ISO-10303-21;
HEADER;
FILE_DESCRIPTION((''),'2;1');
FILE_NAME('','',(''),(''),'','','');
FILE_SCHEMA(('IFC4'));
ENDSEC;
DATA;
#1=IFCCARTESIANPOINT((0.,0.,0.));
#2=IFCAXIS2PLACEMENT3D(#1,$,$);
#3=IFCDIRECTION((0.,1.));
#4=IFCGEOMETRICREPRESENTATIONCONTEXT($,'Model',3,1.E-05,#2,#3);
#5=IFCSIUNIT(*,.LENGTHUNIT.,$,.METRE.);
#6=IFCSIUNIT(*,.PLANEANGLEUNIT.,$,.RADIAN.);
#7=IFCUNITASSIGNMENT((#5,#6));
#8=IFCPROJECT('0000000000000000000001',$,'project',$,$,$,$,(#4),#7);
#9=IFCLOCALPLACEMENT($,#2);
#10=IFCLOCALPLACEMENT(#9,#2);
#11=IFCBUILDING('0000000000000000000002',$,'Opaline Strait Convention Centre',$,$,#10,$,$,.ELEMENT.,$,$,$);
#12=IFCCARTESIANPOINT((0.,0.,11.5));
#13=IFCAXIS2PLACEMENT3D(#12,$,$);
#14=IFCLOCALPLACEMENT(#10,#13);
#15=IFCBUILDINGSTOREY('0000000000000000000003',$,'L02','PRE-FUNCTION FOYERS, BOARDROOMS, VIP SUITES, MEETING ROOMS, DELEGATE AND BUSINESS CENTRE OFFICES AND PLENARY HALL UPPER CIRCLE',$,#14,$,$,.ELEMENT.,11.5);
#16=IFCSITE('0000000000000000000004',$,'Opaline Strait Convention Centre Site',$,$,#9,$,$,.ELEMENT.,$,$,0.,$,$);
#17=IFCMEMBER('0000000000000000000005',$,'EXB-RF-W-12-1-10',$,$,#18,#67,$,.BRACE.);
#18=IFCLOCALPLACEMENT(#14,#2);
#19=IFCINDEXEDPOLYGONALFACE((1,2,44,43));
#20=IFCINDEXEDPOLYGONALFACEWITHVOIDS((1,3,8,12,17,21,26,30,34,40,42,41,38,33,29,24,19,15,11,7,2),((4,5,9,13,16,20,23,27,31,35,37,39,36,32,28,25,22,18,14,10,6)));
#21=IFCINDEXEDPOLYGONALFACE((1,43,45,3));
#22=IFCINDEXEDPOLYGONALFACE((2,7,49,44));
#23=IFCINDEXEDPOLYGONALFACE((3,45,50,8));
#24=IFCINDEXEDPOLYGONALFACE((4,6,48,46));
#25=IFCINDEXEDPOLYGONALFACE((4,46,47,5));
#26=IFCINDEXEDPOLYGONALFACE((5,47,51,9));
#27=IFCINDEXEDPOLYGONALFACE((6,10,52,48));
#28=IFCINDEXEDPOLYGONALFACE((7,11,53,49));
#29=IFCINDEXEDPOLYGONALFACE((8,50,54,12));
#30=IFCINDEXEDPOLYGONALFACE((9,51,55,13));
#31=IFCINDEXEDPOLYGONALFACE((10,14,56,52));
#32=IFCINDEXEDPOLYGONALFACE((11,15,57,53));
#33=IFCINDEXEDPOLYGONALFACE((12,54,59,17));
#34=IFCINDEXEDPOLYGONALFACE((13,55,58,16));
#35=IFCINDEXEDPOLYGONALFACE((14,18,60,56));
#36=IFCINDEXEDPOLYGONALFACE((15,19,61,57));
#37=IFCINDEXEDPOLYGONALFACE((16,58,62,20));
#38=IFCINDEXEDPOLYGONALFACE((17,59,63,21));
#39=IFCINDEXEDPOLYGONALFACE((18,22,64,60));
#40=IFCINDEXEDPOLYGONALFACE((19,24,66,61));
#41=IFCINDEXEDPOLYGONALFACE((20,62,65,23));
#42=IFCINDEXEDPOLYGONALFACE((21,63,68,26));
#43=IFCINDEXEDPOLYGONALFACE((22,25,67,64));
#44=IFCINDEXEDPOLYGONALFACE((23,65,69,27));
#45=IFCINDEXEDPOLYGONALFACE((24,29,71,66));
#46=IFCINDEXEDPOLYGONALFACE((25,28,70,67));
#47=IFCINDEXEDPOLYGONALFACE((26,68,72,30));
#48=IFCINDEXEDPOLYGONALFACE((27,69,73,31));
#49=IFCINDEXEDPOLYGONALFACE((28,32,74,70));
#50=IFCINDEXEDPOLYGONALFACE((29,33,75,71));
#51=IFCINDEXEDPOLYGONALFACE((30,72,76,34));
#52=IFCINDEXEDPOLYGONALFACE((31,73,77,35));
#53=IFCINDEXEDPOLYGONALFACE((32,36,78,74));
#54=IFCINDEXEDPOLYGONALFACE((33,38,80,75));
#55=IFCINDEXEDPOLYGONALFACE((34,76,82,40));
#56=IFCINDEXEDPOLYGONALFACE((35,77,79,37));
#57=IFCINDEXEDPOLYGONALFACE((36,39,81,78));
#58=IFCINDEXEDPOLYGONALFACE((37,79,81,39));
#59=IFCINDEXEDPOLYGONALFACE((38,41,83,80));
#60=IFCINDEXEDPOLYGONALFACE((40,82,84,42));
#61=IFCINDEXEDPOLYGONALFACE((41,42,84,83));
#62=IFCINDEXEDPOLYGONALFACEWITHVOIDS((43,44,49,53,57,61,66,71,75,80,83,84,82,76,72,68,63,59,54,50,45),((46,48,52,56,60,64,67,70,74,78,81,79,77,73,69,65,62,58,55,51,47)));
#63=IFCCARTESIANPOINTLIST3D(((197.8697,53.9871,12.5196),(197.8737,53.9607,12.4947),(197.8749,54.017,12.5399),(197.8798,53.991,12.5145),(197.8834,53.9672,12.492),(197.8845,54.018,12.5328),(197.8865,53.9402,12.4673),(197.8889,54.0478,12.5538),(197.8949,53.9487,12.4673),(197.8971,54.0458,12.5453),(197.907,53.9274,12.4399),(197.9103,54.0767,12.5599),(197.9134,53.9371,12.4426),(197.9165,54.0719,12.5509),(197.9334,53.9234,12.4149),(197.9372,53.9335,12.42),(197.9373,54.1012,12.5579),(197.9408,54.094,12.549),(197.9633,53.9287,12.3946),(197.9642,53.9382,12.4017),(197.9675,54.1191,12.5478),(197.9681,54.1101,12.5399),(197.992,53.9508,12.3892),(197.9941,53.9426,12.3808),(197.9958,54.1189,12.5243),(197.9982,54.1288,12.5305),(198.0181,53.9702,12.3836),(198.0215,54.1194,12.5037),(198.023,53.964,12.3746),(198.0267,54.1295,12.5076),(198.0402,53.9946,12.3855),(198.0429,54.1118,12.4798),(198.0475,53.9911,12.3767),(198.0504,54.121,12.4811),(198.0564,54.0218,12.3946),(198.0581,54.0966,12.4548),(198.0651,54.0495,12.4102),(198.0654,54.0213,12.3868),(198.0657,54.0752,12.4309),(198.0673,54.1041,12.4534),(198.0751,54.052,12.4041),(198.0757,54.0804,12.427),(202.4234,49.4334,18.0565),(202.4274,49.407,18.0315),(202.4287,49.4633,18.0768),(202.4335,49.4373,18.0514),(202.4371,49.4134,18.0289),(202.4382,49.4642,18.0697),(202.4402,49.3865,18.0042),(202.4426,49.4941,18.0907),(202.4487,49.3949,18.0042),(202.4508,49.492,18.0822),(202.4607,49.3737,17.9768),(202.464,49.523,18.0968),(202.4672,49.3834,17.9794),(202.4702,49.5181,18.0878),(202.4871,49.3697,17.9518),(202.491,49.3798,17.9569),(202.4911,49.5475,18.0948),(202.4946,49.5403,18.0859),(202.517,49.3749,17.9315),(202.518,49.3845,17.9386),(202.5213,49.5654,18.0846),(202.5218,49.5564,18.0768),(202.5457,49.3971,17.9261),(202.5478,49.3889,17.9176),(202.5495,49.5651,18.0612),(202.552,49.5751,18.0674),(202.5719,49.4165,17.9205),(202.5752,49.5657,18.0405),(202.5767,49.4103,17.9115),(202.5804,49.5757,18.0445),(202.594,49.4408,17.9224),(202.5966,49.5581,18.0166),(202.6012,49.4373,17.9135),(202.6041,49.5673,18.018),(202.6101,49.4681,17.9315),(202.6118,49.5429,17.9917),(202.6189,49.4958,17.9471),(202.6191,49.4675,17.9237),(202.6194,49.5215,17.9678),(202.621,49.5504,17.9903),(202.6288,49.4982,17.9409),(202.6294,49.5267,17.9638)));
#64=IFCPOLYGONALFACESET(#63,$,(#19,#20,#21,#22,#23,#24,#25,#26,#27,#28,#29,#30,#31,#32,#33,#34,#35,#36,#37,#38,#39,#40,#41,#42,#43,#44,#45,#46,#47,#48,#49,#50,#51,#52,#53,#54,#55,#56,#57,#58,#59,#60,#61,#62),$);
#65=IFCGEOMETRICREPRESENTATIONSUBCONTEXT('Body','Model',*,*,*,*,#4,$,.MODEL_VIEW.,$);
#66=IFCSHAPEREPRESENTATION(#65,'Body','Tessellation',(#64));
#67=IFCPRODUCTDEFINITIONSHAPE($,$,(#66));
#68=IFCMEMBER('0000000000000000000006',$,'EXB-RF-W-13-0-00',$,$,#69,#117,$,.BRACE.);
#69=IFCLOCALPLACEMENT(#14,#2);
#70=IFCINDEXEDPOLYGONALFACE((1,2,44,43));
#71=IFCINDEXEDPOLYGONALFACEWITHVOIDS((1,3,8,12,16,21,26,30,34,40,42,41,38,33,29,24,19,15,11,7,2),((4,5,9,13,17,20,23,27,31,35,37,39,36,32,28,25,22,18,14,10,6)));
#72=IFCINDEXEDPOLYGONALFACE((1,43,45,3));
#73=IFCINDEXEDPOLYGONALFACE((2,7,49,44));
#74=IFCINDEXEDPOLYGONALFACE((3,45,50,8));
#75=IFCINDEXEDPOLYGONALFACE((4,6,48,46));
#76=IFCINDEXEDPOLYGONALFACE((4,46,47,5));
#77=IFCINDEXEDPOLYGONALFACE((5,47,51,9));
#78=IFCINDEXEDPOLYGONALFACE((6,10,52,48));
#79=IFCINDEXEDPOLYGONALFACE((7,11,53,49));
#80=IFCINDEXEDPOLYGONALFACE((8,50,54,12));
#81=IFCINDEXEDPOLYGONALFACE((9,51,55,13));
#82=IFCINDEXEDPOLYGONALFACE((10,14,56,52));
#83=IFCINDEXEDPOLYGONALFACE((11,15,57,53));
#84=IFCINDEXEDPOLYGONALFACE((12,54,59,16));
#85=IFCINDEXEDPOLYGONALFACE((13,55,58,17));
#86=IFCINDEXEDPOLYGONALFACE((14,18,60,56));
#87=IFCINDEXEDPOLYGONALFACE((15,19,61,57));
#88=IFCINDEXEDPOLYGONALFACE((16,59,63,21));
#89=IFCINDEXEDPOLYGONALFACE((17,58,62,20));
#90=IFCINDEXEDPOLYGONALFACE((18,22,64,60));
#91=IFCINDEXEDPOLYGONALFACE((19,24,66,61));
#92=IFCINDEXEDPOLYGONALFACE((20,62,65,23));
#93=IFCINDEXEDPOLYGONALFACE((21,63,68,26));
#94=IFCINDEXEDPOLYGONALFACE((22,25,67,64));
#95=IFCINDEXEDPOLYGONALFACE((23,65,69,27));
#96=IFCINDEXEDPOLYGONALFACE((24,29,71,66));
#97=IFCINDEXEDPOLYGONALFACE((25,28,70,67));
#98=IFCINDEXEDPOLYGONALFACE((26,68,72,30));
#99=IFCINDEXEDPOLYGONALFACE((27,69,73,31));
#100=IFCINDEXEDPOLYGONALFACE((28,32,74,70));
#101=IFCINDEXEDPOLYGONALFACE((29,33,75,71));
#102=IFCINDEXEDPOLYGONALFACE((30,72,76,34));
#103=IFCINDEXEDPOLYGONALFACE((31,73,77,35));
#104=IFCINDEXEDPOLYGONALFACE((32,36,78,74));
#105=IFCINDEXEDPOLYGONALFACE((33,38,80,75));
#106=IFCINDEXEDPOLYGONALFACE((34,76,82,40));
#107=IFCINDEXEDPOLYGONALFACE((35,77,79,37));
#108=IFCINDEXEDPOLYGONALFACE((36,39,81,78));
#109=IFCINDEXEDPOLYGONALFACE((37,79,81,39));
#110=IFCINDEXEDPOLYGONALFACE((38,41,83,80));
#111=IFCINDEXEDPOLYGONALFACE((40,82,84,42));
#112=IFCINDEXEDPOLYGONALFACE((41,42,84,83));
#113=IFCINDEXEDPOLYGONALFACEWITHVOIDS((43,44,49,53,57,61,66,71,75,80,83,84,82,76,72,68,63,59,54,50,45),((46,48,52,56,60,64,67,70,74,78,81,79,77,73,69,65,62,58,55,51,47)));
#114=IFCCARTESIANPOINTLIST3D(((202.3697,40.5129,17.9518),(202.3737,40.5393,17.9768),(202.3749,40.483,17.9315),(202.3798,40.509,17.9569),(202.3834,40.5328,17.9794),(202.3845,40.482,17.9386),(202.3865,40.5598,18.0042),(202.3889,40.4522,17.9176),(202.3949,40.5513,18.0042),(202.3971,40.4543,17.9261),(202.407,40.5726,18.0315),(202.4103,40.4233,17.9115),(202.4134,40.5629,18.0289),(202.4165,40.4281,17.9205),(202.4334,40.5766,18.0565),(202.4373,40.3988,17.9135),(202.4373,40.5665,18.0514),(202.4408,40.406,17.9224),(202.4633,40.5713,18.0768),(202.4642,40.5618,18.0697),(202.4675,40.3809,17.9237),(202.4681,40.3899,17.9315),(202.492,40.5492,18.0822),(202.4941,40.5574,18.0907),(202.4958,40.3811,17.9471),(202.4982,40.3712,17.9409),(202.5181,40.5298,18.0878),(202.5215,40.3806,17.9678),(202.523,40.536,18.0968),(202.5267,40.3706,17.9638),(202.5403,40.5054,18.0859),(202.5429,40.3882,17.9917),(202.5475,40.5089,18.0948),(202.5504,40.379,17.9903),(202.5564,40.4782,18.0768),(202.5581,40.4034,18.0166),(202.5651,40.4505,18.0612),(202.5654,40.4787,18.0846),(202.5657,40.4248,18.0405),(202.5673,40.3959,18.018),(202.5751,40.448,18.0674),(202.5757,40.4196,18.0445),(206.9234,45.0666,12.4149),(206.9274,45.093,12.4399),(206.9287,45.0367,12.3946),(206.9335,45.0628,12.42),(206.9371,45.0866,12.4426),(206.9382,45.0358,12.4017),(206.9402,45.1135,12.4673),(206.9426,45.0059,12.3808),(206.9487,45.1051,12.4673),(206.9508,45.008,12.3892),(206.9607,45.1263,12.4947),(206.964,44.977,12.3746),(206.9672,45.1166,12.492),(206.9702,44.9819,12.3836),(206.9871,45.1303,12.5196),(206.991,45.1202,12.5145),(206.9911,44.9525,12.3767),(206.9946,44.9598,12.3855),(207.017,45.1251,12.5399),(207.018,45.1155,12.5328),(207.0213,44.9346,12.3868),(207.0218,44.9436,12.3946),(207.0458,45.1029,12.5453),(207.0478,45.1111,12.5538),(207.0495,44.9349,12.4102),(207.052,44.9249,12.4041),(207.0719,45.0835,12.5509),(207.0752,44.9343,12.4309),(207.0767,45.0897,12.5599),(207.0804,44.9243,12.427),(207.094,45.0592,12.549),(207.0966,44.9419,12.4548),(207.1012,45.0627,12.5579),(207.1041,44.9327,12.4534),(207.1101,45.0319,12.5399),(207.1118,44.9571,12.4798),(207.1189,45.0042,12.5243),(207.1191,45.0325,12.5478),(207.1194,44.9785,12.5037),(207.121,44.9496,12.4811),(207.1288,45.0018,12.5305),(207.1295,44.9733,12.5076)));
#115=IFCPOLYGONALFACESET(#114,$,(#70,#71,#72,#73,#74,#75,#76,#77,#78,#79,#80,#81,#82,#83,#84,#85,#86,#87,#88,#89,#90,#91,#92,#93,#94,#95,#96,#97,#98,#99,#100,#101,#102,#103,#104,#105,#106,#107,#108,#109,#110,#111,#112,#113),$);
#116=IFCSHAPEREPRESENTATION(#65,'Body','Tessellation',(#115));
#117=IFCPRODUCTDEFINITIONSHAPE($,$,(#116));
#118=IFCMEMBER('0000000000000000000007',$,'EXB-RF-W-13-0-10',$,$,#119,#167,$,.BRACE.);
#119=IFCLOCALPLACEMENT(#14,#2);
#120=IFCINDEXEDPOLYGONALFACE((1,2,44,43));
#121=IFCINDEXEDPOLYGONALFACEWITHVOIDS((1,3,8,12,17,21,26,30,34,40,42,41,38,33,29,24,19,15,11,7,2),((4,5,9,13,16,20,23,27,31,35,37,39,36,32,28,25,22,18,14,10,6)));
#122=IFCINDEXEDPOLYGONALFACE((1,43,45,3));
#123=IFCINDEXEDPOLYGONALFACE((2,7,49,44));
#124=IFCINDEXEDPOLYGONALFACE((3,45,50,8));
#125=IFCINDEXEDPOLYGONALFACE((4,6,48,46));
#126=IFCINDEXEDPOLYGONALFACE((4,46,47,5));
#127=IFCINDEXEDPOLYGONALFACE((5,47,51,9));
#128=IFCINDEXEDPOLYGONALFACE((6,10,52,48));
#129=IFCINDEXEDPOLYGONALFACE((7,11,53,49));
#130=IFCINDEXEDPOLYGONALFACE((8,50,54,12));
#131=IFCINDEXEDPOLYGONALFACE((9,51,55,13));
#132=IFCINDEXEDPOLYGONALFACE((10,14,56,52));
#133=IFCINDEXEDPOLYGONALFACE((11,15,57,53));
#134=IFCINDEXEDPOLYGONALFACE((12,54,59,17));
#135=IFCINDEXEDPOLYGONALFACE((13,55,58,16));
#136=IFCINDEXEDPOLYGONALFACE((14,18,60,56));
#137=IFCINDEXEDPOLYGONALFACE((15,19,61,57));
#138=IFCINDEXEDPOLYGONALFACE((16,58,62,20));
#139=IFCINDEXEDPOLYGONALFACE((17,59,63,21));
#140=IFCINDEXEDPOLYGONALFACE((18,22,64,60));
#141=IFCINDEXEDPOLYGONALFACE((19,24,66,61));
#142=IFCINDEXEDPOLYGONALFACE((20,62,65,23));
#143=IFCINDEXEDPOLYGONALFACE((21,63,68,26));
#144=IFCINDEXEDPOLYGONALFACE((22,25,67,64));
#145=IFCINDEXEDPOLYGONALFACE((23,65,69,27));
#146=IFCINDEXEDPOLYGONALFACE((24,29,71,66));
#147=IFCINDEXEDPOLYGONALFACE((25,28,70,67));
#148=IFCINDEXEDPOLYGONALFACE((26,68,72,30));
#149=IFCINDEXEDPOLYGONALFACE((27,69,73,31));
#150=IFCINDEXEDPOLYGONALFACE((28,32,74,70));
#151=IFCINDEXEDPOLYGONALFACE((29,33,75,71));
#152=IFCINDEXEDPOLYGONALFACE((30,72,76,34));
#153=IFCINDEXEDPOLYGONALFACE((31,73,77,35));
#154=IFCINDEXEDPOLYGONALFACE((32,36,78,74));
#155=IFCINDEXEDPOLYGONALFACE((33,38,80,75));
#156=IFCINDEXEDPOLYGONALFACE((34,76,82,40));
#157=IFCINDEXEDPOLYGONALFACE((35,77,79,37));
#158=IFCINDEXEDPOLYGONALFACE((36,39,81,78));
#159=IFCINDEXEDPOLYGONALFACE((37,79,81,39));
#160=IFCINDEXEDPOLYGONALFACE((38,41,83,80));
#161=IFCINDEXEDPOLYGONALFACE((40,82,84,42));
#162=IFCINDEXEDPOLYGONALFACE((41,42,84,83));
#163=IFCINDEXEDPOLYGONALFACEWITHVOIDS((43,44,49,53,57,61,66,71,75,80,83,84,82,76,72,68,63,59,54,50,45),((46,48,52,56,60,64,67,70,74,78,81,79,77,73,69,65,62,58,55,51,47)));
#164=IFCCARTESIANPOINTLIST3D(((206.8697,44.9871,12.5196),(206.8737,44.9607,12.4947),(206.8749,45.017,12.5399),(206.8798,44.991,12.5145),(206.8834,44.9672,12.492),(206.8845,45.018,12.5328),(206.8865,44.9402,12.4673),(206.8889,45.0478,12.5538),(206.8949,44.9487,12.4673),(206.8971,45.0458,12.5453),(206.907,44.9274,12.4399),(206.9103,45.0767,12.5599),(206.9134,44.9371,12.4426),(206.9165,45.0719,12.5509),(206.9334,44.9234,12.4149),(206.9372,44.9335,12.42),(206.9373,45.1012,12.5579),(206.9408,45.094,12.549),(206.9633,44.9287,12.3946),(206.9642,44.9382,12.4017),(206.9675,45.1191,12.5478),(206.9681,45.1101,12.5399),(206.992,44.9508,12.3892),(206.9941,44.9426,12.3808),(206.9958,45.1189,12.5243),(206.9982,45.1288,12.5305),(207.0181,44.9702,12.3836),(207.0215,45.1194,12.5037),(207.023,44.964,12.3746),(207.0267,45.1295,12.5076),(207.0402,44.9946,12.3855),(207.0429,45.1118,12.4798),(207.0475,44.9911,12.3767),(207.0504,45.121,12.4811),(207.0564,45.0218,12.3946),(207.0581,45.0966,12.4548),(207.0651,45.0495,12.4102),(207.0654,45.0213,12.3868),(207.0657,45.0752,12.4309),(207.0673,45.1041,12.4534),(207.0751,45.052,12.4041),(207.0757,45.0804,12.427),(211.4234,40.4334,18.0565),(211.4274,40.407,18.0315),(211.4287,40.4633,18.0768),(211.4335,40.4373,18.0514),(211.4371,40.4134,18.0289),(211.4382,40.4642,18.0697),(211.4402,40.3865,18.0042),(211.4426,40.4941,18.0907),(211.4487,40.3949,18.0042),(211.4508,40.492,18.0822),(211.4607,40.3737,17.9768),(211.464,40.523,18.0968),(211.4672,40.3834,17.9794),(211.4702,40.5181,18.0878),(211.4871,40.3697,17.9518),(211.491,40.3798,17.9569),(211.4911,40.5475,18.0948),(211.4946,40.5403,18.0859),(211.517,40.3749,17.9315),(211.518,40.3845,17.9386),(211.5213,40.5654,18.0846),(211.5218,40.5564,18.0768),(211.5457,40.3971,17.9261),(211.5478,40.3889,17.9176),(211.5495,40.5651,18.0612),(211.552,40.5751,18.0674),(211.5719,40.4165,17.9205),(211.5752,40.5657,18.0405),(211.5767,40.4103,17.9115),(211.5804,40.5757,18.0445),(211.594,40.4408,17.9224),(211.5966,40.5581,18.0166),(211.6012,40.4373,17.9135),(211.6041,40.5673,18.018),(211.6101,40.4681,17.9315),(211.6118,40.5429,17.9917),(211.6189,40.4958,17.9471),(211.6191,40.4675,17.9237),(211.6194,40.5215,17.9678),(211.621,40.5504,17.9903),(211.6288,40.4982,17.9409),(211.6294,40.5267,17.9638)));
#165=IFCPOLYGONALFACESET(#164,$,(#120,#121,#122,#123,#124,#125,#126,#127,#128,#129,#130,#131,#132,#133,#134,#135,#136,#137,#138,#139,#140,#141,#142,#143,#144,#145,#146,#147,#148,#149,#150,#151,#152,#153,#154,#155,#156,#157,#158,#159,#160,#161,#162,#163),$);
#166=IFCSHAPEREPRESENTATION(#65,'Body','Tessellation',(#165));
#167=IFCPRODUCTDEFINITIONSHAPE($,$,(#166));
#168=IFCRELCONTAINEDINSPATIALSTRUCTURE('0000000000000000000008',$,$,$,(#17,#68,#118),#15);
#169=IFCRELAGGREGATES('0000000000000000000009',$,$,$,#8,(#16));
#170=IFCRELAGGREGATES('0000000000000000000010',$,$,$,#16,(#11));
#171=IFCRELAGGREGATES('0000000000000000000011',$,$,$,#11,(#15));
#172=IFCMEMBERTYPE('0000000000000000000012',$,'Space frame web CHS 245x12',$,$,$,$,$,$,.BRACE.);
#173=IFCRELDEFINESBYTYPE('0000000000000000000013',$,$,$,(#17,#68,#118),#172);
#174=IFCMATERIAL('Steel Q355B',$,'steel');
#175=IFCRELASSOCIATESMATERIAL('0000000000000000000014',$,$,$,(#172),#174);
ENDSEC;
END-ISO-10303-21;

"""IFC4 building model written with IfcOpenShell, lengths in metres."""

from ifc_helpers import new_model, si_unit, direction, frame, origin, origin_2d, place, context, subcontext, project, spatial, hollow_circle, extrude, material, material_profile, profile_set, type_object, element, save


model = new_model("IFC4")

# Units and contexts
model_context = context("Model", 3, precision=1e-05, world=origin(), true_north=direction((0.0, 1.0)))
body_context = subcontext(model_context, "Body", "Model", "MODEL_VIEW")
ifc_project = project(units=[si_unit("LENGTHUNIT", "METRE"), si_unit("PLANEANGLEUNIT", "RADIAN")], contexts=[model_context])

# Site, building, storey
site_placement = place(None, origin())
site = spatial("IfcSite", under=ifc_project, at=site_placement, Name="Opaline Strait Convention Centre Site", CompositionType="ELEMENT", RefElevation=0.0)
building_placement = place(site_placement, origin())
building = spatial("IfcBuilding", under=site, at=building_placement, Name="Opaline Strait Convention Centre", CompositionType="ELEMENT")
storey_placement = place(building_placement, frame((0.0, 0.0, 11.5)))
storey = spatial("IfcBuildingStorey", under=building, at=storey_placement, Name="L02", Description="PRE-FUNCTION FOYERS, BOARDROOMS, VIP SUITES, MEETING ROOMS, DELEGATE AND BUSINESS CENTRE OFFICES AND PLENARY HALL UPPER CIRCLE", CompositionType="ELEMENT", Elevation=11.5)

# Members
ifc_material_1 = material(Name="Steel Q355B", Category="steel")
ifc_material_profile_1 = material_profile(ifc_material_1, hollow_circle(Radius=0.1226, WallThickness=0.012, at=origin_2d()), Name="CHS 245x12")
ifc_profile_set_1 = profile_set([ifc_material_profile_1], Name="Steel Q355B")
member_type_1 = type_object("IfcMemberType", Name="Space frame web CHS 245x12", PredefinedType="BRACE", material=ifc_profile_set_1)
for number, where, z_axis, x_axis, name in (
    (1, (202.5269, 49.4731, 18.0042), (-0.536178, 0.536178, -0.65194), (-0.707107, -0.707107, 0.0), "EXB-RF-W-12-1-10"),
    (2, (202.4731, 40.4731, 18.0042), (0.536178, 0.536178, -0.65194), (-0.707107, 0.707107, 0.0), "EXB-RF-W-13-0-00"),
    (3, (211.5269, 40.4731, 18.0042), (-0.536178, 0.536178, -0.65194), (-0.707107, -0.707107, 0.0), "EXB-RF-W-13-0-10"),
):
    element("IfcMember", number, at=place(storey_placement, frame(where, z_axis=z_axis, x_axis=x_axis)), inside=storey, type_object=member_type_1, Name=name, PredefinedType="BRACE", context=body_context, shape_type="SweptSolid", body=[
        extrude(hollow_circle(Radius=0.1226, WallThickness=0.012, at=origin_2d()), origin(), (0.0, 0.0, 1.0), 8.4929),
    ])

save(model, "model.ifc")
